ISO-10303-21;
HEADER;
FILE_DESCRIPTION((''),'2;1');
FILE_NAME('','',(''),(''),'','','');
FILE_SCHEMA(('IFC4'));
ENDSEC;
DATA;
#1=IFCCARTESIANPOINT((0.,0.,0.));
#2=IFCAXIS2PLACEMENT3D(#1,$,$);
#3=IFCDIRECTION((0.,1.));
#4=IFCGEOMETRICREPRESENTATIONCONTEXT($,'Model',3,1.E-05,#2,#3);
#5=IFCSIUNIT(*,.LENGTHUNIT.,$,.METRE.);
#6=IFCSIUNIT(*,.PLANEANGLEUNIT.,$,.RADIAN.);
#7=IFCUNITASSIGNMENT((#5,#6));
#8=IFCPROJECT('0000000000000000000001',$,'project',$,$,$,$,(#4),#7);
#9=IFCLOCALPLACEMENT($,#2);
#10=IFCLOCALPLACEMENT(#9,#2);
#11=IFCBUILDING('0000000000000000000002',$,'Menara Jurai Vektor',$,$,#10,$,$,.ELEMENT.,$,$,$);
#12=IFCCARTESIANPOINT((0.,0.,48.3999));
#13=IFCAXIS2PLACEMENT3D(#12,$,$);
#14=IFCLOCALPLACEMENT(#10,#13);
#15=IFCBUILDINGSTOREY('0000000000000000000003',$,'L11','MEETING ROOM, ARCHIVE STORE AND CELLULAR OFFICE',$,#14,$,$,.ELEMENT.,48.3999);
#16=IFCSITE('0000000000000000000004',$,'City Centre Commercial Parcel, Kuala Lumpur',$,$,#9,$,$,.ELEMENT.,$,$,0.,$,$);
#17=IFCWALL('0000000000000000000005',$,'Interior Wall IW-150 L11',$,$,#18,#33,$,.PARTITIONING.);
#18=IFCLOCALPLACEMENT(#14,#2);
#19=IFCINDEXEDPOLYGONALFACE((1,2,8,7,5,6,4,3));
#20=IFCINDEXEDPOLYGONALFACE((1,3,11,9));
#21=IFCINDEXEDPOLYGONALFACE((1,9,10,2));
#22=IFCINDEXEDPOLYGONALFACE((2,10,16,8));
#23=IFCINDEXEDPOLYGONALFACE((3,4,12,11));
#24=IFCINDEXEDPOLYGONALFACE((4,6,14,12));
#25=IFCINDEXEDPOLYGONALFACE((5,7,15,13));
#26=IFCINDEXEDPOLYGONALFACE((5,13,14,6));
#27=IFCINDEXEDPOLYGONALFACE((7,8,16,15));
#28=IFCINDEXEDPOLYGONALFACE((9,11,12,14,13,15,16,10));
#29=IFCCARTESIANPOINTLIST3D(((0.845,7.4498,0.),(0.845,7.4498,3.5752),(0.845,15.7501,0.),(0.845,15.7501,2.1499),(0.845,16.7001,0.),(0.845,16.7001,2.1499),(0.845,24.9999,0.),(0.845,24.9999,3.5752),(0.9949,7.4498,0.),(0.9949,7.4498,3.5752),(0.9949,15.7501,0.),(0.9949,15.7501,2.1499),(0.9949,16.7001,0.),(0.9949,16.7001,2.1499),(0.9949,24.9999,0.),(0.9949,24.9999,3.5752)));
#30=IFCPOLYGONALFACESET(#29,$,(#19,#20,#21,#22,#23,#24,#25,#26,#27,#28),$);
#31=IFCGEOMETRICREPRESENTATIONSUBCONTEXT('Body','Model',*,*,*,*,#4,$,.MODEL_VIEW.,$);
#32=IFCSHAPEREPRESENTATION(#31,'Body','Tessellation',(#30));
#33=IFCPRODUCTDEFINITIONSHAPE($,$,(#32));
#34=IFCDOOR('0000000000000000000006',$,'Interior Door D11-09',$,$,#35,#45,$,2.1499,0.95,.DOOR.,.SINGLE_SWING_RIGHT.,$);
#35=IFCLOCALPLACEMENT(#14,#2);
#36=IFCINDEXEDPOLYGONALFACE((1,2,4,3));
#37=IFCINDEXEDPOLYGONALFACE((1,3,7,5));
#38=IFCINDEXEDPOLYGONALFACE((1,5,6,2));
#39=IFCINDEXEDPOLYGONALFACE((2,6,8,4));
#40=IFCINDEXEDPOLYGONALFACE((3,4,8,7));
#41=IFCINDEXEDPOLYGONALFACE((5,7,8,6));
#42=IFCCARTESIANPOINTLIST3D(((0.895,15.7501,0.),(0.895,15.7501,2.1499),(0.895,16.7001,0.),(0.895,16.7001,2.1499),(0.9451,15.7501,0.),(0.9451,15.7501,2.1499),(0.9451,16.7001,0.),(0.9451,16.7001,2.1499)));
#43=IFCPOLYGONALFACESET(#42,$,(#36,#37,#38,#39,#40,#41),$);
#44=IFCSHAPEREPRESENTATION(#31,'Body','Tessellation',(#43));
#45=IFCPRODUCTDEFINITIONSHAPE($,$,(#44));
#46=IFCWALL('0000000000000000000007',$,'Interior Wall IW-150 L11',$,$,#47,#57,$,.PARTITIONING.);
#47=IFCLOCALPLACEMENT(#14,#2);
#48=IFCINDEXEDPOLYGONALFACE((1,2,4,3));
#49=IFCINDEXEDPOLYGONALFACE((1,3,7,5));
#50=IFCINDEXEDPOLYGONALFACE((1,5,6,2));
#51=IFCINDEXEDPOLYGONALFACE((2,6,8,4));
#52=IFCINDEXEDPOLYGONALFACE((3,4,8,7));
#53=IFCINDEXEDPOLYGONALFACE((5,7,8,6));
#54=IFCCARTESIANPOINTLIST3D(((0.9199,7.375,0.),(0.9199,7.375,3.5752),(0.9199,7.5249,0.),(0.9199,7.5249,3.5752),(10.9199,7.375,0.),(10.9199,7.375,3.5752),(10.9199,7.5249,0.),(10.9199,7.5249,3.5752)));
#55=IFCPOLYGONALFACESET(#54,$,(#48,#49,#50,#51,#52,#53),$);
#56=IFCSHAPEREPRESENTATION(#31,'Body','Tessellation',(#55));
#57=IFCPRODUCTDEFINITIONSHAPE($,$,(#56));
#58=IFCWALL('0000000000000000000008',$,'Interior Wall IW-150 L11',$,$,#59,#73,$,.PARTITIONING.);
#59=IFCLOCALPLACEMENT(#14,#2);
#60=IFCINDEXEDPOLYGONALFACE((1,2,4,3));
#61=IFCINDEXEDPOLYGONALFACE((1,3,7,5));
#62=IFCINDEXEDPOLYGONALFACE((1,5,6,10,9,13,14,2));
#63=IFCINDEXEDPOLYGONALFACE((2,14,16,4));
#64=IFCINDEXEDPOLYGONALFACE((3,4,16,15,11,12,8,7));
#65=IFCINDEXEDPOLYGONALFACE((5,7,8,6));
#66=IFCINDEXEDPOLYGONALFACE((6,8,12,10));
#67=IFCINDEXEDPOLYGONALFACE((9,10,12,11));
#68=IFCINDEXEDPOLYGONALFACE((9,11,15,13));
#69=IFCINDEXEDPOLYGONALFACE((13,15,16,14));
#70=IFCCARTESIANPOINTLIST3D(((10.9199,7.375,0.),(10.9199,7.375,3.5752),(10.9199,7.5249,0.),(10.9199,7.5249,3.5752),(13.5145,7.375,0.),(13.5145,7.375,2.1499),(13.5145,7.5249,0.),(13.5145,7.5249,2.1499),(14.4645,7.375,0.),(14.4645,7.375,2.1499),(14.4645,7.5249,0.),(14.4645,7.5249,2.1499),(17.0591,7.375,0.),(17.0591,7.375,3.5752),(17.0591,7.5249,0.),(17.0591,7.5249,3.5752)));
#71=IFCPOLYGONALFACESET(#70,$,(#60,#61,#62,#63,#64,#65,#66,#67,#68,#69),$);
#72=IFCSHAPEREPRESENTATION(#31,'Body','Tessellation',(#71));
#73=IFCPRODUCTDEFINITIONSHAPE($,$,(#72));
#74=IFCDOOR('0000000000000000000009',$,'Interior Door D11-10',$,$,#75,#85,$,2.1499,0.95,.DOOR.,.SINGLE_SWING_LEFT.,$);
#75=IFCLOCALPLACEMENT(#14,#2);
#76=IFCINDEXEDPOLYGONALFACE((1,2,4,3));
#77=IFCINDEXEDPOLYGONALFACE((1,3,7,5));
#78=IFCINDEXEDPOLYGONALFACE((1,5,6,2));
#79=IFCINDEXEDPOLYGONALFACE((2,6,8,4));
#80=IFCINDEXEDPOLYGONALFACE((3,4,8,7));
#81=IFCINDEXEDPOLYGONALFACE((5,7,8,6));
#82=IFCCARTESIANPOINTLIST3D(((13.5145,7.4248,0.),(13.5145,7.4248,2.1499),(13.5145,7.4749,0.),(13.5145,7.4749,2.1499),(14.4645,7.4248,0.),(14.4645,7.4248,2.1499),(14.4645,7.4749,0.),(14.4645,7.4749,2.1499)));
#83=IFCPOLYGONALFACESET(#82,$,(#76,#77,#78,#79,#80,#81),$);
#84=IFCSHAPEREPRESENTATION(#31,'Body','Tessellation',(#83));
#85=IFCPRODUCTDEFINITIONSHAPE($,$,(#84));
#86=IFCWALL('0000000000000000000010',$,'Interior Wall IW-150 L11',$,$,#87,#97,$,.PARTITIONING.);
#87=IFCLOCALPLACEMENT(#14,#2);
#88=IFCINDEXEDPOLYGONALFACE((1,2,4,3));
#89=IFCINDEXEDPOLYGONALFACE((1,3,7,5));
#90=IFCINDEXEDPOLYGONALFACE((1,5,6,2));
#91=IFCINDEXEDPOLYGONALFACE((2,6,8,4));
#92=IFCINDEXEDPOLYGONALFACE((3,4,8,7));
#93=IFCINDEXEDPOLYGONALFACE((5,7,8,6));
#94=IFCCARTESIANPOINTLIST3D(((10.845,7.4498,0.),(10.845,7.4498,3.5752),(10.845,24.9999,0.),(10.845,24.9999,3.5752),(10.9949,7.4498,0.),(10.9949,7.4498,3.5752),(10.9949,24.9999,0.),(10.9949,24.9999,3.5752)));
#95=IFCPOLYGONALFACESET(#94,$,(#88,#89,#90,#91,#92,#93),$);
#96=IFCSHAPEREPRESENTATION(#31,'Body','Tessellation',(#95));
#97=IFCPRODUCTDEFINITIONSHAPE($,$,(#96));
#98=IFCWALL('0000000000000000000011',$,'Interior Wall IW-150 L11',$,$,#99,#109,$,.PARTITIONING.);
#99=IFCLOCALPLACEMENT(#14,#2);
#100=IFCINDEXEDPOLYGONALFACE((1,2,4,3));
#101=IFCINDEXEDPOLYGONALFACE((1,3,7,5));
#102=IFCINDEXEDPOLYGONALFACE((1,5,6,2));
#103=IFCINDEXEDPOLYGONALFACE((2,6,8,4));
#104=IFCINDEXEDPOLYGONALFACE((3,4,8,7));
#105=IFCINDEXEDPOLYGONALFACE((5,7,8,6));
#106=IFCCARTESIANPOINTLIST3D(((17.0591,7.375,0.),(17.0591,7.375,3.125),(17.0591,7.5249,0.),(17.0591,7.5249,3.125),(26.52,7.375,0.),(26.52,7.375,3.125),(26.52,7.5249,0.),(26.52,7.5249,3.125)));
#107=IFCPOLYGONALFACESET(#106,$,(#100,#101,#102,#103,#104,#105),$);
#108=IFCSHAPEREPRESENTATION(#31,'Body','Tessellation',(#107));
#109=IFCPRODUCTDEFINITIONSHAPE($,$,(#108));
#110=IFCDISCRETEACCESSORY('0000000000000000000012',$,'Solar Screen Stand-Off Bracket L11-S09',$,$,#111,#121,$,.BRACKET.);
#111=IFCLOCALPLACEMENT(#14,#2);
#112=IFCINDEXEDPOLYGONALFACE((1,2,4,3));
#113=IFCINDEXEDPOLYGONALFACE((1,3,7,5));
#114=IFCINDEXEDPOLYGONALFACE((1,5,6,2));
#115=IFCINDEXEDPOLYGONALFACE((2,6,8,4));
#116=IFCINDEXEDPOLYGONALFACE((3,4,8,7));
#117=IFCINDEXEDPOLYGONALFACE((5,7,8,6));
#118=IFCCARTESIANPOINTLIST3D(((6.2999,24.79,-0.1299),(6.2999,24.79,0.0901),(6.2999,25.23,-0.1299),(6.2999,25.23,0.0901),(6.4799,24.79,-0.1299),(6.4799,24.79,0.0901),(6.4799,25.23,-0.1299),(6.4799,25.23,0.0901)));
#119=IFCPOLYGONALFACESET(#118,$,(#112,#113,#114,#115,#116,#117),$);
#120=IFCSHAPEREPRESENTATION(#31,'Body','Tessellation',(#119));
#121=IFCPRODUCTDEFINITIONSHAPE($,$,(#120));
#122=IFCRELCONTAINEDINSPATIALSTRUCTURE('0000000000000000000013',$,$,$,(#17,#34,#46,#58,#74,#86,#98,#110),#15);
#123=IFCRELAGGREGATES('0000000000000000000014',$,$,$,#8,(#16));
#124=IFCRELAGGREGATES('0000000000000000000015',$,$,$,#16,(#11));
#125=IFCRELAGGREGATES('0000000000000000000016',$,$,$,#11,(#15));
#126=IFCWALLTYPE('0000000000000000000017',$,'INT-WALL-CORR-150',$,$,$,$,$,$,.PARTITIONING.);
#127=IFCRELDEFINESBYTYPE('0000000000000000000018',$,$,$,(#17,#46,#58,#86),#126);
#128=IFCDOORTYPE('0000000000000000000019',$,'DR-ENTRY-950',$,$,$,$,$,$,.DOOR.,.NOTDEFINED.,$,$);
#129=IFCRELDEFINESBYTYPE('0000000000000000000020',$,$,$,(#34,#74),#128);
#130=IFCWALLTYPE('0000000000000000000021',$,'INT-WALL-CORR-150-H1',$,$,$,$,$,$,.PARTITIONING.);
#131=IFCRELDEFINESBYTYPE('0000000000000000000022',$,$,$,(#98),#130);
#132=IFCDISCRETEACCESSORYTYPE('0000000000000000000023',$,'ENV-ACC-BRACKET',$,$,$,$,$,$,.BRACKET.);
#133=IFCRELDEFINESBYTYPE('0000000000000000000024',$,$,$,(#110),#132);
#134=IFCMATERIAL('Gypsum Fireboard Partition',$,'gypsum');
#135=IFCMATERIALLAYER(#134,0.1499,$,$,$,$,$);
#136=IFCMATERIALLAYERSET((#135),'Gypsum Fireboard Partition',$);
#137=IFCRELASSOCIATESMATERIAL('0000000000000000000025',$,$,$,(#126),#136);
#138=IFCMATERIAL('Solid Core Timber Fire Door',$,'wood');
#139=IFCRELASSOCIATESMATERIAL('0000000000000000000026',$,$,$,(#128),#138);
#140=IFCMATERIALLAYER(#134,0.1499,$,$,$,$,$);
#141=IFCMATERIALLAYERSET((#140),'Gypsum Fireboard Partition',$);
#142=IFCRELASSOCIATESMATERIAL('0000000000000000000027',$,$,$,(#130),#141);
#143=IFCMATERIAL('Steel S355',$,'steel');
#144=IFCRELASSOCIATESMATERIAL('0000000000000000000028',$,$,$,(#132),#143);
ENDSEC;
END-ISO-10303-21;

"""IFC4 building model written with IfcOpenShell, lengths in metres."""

from ifc_helpers import new_model, si_unit, direction, frame, frame_2d, origin, origin_2d, place, context, subcontext, project, spatial, rectangle, extrude, material, layer, layer_set, type_object, element, fill, save


model = new_model("IFC4")

# Units and contexts
model_context = context("Model", 3, precision=1e-05, world=origin(), true_north=direction((0.0, 1.0)))
body_context = subcontext(model_context, "Body", "Model", "MODEL_VIEW")
ifc_project = project(units=[si_unit("LENGTHUNIT", "METRE"), si_unit("PLANEANGLEUNIT", "RADIAN")], contexts=[model_context])

# Site, building, storey
site_placement = place(None, origin())
site = spatial("IfcSite", under=ifc_project, at=site_placement, Name="City Centre Commercial Parcel, Kuala Lumpur", CompositionType="ELEMENT", RefElevation=0.0)
building_placement = place(site_placement, origin())
building = spatial("IfcBuilding", under=site, at=building_placement, Name="Menara Jurai Vektor", CompositionType="ELEMENT")
storey_placement = place(building_placement, frame((0.0, 0.0, 48.3999)))
storey = spatial("IfcBuildingStorey", under=building, at=storey_placement, Name="L11", Description="MEETING ROOM, ARCHIVE STORE AND CELLULAR OFFICE", CompositionType="ELEMENT", Elevation=48.3999)

# Shared definitions
ifc_material_1 = material(Name="Steel S355", Category="steel")

# Wall, opening, door
ifc_material_2 = material(Name="Gypsum Fireboard Partition", Category="gypsum")
ifc_layer_1 = layer(ifc_material_2, 0.1499)
ifc_layer_set_1 = layer_set([ifc_layer_1], Name="Gypsum Fireboard Partition")
wall_type_1 = type_object("IfcWallType", Name="INT-WALL-CORR-150", PredefinedType="PARTITIONING", material=ifc_layer_set_1)
wall_1_placement = place(storey_placement, frame((0.9199, 7.45, 0.0), z_axis=(0.0, 0.0, 1.0), x_axis=(0.0, 1.0, 0.0)))
wall_1 = element("IfcWall", 1, at=wall_1_placement, inside=storey, type_object=wall_type_1, Name="Interior Wall IW-150 L11", PredefinedType="PARTITIONING", context=body_context, shape_type="SweptSolid", body=[
    extrude(rectangle(XDim=17.55, YDim=0.1499, at=frame_2d((8.7749, 0.0))), origin(), (0.0, 0.0, 1.0), 3.5752),
])
opening_1_placement = place(wall_1_placement, frame((8.3, 0.0, 0.0)))
opening_1 = element("IfcOpeningElement", 2, at=opening_1_placement, cuts=wall_1, PredefinedType="OPENING", context=body_context, shape_type="SweptSolid", body=[
    extrude(rectangle(XDim=0.95, YDim=2.1499, at=frame_2d((0.4751, 1.075))), frame((0.0, 0.085, 0.0), z_axis=(0.0, -1.0, 0.0), x_axis=(1.0, 0.0, 0.0)), (0.0, 0.0, 1.0), 0.1699),
])
ifc_material_3 = material(Name="Solid Core Timber Fire Door", Category="wood")
door_type = type_object("IfcDoorType", Name="DR-ENTRY-950", OperationType="NOTDEFINED", PredefinedType="DOOR", material=ifc_material_3)
door_1_placement = place(opening_1_placement, origin())
door_1 = element("IfcDoor", 3, at=door_1_placement, inside=storey, type_object=door_type, Name="Interior Door D11-09", OperationType="SINGLE_SWING_RIGHT", OverallHeight=2.1499, OverallWidth=0.95, PredefinedType="DOOR", context=body_context, shape_type="SweptSolid", body=[
    extrude(rectangle(XDim=0.95, YDim=2.1499, at=frame_2d((0.4751, 1.075))), frame((0.0, 0.0249, 0.0), z_axis=(0.0, -1.0, 0.0), x_axis=(1.0, 0.0, 0.0)), (0.0, 0.0, 1.0), 0.05),
])
fill(opening_1, door_1)

# Wall
wall_2_placement = place(storey_placement, frame((0.9199, 7.45, 0.0), z_axis=(0.0, 0.0, 1.0), x_axis=(1.0, 0.0, 0.0)))
element("IfcWall", 4, at=wall_2_placement, inside=storey, type_object=wall_type_1, Name="Interior Wall IW-150 L11", PredefinedType="PARTITIONING", context=body_context, shape_type="SweptSolid", body=[
    extrude(rectangle(XDim=10.0, YDim=0.1499, at=frame_2d((5.0, 0.0))), origin(), (0.0, 0.0, 1.0), 3.5752),
])

# Wall, opening, door
wall_3_placement = place(storey_placement, frame((10.9199, 7.45, 0.0), z_axis=(0.0, 0.0, 1.0), x_axis=(1.0, 0.0, 0.0)))
wall_3 = element("IfcWall", 5, at=wall_3_placement, inside=storey, type_object=wall_type_1, Name="Interior Wall IW-150 L11", PredefinedType="PARTITIONING", context=body_context, shape_type="SweptSolid", body=[
    extrude(rectangle(XDim=6.1392, YDim=0.1499, at=frame_2d((3.0696, 0.0))), origin(), (0.0, 0.0, 1.0), 3.5752),
])
opening_2_placement = place(wall_3_placement, frame((2.5945, 0.0, 0.0)))
opening_2 = element("IfcOpeningElement", 6, at=opening_2_placement, cuts=wall_3, PredefinedType="OPENING", context=body_context, shape_type="SweptSolid", body=[
    extrude(rectangle(XDim=0.95, YDim=2.1499, at=frame_2d((0.4751, 1.075))), frame((0.0, 0.085, 0.0), z_axis=(0.0, -1.0, 0.0), x_axis=(1.0, 0.0, 0.0)), (0.0, 0.0, 1.0), 0.1699),
])
door_2_placement = place(opening_2_placement, origin())
door_2 = element("IfcDoor", 7, at=door_2_placement, inside=storey, type_object=door_type, Name="Interior Door D11-10", OperationType="SINGLE_SWING_LEFT", OverallHeight=2.1499, OverallWidth=0.95, PredefinedType="DOOR", context=body_context, shape_type="SweptSolid", body=[
    extrude(rectangle(XDim=0.95, YDim=2.1499, at=frame_2d((0.4751, 1.075))), frame((0.0, 0.0249, 0.0), z_axis=(0.0, -1.0, 0.0), x_axis=(1.0, 0.0, 0.0)), (0.0, 0.0, 1.0), 0.05),
])
fill(opening_2, door_2)

# Walls
wall_4_placement = place(storey_placement, frame((10.9199, 7.45, 0.0), z_axis=(0.0, 0.0, 1.0), x_axis=(0.0, 1.0, 0.0)))
element("IfcWall", 8, at=wall_4_placement, inside=storey, type_object=wall_type_1, Name="Interior Wall IW-150 L11", PredefinedType="PARTITIONING", context=body_context, shape_type="SweptSolid", body=[
    extrude(rectangle(XDim=17.55, YDim=0.1499, at=frame_2d((8.7749, 0.0))), origin(), (0.0, 0.0, 1.0), 3.5752),
])
ifc_layer_2 = layer(ifc_material_2, 0.1499)
ifc_layer_set_2 = layer_set([ifc_layer_2], Name="Gypsum Fireboard Partition")
wall_type_2 = type_object("IfcWallType", Name="INT-WALL-CORR-150-H1", PredefinedType="PARTITIONING", material=ifc_layer_set_2)
wall_5_placement = place(storey_placement, frame((17.0591, 7.45, 0.0), z_axis=(0.0, 0.0, 1.0), x_axis=(1.0, 0.0, 0.0)))
element("IfcWall", 9, at=wall_5_placement, inside=storey, type_object=wall_type_2, Name="Interior Wall IW-150 L11", PredefinedType="PARTITIONING", context=body_context, shape_type="SweptSolid", body=[
    extrude(rectangle(XDim=9.4609, YDim=0.1499, at=frame_2d((4.7305, 0.0))), origin(), (0.0, 0.0, 1.0), 3.125),
])

# Discrete accessory
discrete_accessory_type = type_object("IfcDiscreteAccessoryType", Name="ENV-ACC-BRACKET", PredefinedType="BRACKET", material=ifc_material_1)
discrete_accessory_placement = place(storey_placement, frame((6.3899, 25.01, -0.1299), z_axis=(0.0, 0.0, 1.0), x_axis=(-1.0, 0.0, 0.0)))
element("IfcDiscreteAccessory", 10, at=discrete_accessory_placement, inside=storey, type_object=discrete_accessory_type, Name="Solar Screen Stand-Off Bracket L11-S09", PredefinedType="BRACKET", context=body_context, shape_type="SweptSolid", body=[
    extrude(rectangle(XDim=0.1799, YDim=0.4399, at=origin_2d()), origin(), (0.0, 0.0, 1.0), 0.22),
])

save(model, "model.ifc")
